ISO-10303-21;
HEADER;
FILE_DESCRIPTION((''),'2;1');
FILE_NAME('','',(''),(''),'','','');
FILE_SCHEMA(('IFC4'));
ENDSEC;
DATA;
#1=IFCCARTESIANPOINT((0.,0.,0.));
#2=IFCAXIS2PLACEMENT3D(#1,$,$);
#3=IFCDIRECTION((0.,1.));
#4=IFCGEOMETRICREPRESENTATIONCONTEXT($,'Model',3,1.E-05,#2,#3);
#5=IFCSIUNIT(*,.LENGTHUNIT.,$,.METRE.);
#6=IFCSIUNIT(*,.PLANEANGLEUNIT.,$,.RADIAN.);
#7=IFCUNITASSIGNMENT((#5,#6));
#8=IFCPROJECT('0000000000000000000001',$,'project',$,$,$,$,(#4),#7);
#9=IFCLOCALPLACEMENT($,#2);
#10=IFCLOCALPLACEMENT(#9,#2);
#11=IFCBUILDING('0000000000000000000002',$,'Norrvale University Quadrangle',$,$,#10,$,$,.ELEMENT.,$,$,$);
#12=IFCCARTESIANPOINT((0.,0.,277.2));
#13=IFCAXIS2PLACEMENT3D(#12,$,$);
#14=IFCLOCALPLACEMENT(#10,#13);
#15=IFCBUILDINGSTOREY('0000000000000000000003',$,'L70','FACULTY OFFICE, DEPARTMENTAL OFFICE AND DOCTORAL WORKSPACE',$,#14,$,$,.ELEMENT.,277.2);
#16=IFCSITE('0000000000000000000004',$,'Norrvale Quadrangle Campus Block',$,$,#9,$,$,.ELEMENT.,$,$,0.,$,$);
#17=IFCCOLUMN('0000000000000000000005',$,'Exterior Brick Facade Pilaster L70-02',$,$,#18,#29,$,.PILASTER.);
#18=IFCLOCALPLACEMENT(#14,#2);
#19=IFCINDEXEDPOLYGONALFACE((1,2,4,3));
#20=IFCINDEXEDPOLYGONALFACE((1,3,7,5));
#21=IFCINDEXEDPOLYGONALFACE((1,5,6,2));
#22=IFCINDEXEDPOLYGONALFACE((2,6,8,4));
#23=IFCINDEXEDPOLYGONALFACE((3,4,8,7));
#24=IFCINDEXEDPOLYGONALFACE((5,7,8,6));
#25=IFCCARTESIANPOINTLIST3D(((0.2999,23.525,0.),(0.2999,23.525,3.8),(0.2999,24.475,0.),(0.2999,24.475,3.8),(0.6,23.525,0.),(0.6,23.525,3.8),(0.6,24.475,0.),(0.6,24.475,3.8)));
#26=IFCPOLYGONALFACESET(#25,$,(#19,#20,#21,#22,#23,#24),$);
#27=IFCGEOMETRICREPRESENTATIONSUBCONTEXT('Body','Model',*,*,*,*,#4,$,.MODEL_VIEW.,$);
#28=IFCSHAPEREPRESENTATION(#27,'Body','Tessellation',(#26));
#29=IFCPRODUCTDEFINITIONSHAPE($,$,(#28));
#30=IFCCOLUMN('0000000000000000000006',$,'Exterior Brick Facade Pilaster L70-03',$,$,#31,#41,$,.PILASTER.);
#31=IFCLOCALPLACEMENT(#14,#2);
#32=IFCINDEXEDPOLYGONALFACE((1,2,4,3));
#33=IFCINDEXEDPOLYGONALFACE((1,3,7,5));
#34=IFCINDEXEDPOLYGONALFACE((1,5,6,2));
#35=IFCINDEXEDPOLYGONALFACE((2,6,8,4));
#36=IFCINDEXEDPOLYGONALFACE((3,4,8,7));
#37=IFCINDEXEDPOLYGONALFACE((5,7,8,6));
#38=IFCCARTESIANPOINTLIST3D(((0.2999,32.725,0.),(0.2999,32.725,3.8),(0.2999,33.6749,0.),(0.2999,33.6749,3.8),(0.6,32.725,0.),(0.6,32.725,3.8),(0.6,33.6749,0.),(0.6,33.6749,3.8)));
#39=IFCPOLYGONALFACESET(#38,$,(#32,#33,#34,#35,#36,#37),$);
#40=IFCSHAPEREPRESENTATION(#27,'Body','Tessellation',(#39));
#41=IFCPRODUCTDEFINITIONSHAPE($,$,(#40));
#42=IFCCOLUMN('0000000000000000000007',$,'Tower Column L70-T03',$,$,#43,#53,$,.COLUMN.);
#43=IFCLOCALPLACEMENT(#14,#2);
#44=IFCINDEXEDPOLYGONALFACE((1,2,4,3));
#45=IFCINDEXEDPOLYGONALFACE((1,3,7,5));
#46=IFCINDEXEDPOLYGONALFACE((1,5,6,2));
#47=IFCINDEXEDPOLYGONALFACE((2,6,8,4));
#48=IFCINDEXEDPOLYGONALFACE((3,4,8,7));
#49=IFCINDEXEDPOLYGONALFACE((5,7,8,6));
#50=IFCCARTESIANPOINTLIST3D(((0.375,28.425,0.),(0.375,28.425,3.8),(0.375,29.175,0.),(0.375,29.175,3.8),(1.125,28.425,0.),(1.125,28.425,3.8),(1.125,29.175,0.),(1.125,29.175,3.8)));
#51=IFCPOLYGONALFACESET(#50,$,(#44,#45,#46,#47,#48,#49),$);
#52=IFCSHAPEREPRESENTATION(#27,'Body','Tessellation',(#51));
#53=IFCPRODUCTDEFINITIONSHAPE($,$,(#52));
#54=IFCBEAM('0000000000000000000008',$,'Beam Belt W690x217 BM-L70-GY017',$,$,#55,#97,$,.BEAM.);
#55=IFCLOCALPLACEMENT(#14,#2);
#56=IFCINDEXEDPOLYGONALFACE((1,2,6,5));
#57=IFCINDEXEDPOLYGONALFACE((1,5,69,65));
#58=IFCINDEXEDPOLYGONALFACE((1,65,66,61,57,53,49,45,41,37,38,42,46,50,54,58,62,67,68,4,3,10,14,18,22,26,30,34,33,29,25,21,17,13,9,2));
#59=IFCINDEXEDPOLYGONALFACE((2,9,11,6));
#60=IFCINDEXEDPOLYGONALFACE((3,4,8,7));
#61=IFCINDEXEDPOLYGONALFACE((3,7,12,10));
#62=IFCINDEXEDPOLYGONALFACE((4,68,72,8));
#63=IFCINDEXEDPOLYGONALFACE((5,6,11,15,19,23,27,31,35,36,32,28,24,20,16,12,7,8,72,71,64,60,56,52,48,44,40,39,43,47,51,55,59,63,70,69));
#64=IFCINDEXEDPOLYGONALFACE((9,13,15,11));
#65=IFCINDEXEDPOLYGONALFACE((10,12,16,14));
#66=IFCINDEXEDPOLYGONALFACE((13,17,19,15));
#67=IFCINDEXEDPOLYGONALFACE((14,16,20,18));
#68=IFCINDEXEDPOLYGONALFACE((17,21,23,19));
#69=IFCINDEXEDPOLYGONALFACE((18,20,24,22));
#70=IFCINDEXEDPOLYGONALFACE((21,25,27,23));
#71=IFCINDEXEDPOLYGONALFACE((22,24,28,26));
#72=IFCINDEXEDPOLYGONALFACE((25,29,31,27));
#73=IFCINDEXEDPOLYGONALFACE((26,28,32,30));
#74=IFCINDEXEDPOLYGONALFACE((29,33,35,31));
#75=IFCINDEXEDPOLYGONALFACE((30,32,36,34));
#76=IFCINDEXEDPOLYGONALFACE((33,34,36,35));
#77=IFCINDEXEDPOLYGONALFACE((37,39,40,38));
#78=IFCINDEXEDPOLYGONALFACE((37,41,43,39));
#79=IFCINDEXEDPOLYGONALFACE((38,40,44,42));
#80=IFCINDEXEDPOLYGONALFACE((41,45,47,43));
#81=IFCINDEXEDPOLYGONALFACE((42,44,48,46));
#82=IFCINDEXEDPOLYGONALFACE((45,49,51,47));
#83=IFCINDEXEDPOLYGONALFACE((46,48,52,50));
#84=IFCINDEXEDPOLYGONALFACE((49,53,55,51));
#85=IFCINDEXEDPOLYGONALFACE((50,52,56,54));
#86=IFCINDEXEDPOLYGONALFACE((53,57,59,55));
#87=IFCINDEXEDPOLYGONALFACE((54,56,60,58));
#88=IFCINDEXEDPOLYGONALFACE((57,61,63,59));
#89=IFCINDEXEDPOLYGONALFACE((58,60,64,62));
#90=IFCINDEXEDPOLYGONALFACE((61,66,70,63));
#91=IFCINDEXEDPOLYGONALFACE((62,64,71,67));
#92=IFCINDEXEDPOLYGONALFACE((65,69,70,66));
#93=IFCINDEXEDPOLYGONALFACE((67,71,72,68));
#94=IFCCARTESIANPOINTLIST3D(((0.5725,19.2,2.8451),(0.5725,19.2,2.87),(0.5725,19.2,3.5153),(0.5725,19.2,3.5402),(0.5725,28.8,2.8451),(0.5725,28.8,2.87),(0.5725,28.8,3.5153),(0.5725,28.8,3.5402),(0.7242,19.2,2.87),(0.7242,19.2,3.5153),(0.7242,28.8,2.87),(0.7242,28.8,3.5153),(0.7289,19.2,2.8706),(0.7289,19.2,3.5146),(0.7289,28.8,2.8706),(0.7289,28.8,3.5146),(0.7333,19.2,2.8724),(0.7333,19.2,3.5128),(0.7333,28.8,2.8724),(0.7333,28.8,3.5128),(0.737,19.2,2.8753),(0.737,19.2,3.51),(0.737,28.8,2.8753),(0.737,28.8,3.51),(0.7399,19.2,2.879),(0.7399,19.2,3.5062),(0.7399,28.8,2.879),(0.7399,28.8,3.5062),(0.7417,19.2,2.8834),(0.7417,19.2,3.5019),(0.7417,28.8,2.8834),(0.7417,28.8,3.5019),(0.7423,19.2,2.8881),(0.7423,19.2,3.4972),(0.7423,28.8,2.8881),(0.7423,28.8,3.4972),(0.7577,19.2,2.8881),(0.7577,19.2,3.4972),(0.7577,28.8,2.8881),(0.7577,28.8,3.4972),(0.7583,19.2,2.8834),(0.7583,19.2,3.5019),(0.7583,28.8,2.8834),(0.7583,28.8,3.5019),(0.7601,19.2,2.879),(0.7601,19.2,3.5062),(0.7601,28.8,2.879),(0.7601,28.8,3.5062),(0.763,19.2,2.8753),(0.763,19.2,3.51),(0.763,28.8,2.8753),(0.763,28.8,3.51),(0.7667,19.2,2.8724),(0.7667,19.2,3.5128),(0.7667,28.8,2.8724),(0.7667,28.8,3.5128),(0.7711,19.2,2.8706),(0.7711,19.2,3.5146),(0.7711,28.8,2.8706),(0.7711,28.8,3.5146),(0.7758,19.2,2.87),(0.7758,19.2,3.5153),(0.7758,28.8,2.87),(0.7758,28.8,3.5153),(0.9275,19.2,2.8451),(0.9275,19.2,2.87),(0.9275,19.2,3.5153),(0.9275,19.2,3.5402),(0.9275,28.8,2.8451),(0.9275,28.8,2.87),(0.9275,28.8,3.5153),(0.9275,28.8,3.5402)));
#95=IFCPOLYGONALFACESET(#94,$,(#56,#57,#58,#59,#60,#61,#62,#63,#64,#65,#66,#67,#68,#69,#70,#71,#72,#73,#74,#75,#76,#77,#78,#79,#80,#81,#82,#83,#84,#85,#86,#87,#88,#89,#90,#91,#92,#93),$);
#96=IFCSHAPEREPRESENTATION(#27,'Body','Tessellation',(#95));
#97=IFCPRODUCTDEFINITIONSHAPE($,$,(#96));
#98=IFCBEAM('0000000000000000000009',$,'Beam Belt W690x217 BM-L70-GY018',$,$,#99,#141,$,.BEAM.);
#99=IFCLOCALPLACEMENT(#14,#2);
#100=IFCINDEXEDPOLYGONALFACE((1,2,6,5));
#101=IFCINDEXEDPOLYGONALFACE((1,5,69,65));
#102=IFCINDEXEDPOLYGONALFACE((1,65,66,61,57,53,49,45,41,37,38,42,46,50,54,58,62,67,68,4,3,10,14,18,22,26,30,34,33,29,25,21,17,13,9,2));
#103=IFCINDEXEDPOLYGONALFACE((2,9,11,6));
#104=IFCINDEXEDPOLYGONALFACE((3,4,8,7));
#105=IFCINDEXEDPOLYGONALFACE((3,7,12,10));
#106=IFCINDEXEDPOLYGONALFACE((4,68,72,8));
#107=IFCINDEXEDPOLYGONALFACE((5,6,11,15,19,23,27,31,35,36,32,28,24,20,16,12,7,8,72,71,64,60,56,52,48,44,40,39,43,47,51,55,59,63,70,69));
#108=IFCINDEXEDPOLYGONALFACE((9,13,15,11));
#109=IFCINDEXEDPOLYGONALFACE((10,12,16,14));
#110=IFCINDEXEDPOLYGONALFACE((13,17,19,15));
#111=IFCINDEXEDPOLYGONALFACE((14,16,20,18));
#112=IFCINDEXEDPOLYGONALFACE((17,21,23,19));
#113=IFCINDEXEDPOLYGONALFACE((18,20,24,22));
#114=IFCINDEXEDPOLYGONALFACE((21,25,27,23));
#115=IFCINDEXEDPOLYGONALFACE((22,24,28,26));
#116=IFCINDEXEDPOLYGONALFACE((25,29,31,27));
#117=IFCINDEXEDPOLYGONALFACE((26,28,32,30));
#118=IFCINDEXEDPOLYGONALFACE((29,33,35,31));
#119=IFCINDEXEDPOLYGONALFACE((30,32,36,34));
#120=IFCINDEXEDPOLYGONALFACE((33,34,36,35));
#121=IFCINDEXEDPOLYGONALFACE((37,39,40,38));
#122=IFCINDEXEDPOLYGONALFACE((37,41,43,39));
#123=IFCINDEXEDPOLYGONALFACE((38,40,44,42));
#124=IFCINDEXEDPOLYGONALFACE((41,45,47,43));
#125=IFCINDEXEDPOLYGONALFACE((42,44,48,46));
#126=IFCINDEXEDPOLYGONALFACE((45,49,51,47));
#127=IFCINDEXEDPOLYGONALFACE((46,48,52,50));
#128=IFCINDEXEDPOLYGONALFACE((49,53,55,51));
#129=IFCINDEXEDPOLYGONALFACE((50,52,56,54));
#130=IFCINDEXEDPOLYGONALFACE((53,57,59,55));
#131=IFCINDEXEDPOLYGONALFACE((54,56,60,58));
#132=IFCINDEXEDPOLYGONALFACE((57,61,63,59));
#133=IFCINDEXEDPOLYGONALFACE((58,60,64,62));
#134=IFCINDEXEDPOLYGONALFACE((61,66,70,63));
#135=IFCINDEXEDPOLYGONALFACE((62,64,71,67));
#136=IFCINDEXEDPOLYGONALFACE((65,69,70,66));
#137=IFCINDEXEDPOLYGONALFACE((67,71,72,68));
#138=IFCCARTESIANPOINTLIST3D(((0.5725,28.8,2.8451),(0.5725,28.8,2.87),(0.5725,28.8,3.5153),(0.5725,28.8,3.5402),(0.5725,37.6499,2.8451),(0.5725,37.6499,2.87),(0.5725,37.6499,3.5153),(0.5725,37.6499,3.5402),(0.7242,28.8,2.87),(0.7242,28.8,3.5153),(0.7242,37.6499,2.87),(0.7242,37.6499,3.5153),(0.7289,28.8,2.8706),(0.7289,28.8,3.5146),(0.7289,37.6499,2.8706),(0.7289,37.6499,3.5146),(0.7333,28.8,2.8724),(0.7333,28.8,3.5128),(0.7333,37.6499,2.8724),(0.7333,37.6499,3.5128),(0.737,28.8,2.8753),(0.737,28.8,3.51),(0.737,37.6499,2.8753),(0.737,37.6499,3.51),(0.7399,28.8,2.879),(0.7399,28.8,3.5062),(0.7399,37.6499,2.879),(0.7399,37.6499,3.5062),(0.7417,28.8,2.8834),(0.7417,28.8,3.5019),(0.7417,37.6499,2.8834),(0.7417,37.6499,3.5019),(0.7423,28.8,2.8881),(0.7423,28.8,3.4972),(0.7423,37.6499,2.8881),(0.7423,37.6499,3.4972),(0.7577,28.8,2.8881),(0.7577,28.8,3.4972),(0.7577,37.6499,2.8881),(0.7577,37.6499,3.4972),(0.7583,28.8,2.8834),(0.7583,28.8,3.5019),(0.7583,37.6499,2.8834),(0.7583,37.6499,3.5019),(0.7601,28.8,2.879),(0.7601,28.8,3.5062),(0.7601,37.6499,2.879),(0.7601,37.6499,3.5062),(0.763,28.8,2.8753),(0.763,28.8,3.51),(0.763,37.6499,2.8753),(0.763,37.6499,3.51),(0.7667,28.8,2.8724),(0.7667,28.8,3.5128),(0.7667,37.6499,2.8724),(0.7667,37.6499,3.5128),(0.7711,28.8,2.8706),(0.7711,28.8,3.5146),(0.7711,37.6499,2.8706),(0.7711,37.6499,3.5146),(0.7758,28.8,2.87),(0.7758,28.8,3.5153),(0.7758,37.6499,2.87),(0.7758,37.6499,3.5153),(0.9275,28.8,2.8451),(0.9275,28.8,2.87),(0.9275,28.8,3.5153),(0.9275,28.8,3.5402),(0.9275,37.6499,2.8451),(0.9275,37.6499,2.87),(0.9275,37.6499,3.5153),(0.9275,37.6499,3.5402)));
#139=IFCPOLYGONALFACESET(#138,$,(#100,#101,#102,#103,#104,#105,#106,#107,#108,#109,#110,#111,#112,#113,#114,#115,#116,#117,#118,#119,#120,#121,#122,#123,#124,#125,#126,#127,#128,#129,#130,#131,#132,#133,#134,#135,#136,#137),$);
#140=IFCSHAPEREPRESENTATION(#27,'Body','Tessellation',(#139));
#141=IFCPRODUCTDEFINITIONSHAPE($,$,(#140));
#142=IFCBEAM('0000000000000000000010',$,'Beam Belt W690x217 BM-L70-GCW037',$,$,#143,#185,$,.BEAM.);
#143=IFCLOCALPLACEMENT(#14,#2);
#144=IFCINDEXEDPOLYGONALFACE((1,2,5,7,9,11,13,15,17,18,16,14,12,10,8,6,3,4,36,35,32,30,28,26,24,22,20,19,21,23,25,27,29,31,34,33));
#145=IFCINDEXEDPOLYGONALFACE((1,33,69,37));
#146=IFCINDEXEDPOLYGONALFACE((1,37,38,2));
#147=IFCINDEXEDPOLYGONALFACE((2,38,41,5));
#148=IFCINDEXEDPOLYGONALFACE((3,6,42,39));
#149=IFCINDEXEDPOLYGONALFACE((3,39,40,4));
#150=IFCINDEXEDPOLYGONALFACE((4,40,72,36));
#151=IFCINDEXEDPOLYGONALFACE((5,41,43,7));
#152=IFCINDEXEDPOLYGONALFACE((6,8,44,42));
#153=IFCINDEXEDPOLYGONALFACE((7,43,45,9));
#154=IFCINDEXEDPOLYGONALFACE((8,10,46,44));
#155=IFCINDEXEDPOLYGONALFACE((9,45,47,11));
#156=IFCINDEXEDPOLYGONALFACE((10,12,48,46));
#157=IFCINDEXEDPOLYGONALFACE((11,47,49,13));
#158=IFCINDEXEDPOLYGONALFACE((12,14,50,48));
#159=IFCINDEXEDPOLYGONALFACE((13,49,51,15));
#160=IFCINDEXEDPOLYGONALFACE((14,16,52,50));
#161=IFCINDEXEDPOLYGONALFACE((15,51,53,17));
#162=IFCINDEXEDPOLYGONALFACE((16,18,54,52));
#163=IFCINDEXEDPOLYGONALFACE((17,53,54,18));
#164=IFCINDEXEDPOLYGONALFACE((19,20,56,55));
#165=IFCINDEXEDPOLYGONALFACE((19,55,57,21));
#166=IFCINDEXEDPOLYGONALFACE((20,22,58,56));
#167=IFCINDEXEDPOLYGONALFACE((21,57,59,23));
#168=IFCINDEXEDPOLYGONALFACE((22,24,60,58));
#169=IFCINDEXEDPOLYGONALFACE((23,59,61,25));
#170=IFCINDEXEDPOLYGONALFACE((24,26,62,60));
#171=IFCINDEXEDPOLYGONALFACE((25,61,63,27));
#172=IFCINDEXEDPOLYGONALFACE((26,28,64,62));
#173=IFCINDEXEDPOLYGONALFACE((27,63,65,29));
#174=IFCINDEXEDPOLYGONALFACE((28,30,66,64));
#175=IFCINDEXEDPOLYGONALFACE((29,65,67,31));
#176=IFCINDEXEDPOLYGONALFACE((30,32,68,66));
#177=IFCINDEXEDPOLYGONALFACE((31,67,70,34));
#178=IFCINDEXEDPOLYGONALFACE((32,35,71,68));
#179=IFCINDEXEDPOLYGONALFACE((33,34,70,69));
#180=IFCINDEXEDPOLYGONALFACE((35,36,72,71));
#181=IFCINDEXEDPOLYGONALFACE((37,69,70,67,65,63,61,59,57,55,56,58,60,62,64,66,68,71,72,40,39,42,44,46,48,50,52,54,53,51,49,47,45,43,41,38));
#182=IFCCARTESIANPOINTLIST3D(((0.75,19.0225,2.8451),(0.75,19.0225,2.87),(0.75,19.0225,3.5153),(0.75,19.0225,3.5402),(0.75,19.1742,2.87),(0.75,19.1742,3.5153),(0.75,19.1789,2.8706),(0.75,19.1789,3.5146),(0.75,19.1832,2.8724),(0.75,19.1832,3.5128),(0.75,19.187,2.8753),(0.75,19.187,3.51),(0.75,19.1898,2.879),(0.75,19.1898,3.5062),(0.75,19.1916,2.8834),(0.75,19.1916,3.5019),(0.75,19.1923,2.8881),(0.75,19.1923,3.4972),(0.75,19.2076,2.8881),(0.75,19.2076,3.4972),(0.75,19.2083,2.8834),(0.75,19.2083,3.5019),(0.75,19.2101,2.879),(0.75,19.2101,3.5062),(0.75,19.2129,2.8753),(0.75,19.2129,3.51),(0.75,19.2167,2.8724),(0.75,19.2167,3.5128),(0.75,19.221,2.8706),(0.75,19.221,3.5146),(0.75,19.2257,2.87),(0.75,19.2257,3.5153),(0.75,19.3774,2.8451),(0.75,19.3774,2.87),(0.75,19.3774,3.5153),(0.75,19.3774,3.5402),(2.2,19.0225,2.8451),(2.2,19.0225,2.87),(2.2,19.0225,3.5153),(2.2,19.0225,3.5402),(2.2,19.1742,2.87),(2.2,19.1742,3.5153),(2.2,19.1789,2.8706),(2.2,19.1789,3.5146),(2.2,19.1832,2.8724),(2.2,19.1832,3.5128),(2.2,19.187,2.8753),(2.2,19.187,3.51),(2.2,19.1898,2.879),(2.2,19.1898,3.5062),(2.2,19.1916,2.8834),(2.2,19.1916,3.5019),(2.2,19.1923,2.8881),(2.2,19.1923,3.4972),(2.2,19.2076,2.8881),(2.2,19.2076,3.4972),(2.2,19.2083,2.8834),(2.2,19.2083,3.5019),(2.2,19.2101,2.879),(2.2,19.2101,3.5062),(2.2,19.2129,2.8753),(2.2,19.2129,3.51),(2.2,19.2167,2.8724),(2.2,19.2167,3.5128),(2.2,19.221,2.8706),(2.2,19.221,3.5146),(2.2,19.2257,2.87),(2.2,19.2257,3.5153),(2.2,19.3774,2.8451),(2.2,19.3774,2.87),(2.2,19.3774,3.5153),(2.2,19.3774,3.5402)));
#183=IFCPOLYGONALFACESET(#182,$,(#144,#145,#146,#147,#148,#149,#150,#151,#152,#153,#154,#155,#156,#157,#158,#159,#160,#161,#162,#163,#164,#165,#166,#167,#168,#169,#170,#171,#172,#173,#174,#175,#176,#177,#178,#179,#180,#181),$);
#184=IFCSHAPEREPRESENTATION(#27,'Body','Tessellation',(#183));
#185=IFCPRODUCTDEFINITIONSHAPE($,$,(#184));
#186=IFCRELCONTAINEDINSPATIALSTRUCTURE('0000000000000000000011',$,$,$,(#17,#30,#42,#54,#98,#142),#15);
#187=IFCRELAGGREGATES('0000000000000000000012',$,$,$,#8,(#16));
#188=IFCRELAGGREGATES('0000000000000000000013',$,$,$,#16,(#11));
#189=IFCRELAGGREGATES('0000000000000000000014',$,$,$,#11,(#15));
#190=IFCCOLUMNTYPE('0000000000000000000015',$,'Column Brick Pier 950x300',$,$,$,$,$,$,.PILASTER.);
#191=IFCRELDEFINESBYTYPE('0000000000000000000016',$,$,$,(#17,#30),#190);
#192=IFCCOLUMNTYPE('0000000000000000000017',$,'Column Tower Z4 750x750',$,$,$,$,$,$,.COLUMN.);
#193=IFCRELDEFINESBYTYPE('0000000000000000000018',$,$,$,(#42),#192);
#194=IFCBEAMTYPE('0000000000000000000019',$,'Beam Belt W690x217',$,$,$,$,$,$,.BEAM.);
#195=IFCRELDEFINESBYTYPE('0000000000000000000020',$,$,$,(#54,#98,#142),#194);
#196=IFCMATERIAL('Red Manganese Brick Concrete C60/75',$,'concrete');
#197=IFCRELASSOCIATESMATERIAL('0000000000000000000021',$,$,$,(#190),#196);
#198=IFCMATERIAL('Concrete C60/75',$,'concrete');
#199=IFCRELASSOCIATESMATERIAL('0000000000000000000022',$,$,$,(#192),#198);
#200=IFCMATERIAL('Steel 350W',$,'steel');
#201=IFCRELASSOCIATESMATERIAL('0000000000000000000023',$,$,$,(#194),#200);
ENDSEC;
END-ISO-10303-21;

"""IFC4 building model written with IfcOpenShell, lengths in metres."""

from ifc_helpers import new_model, si_unit, direction, frame, origin, origin_2d, place, context, subcontext, project, spatial, rectangle, i_section, extrude, material, material_profile, profile_set, type_object, element, save


model = new_model("IFC4")

# Units and contexts
model_context = context("Model", 3, precision=1e-05, world=origin(), true_north=direction((0.0, 1.0)))
body_context = subcontext(model_context, "Body", "Model", "MODEL_VIEW")
ifc_project = project(units=[si_unit("LENGTHUNIT", "METRE"), si_unit("PLANEANGLEUNIT", "RADIAN")], contexts=[model_context])

# Site, building, storey
site_placement = place(None, origin())
site = spatial("IfcSite", under=ifc_project, at=site_placement, Name="Norrvale Quadrangle Campus Block", CompositionType="ELEMENT", RefElevation=0.0)
building_placement = place(site_placement, origin())
building = spatial("IfcBuilding", under=site, at=building_placement, Name="Norrvale University Quadrangle", CompositionType="ELEMENT")
storey_placement = place(building_placement, frame((0.0, 0.0, 277.2)))
storey = spatial("IfcBuildingStorey", under=building, at=storey_placement, Name="L70", Description="FACULTY OFFICE, DEPARTMENTAL OFFICE AND DOCTORAL WORKSPACE", CompositionType="ELEMENT", Elevation=277.2)

# Columns
ifc_material_1 = material(Name="Red Manganese Brick Concrete C60/75", Category="concrete")
ifc_material_profile_1 = material_profile(ifc_material_1, rectangle(XDim=0.95, YDim=0.3, at=origin_2d()), Name="Red Manganese Brick Concrete C60/75")
ifc_profile_set_1 = profile_set([ifc_material_profile_1], Name="Red Manganese Brick Concrete C60/75")
column_type_1 = type_object("IfcColumnType", Name="Column Brick Pier 950x300", PredefinedType="PILASTER", material=ifc_profile_set_1)
for number, where, z_axis, x_axis, name in (
    (1, (0.45, 24.0, 0.0), (0.0, 0.0, 1.0), (0.0, 1.0, 0.0), "Exterior Brick Facade Pilaster L70-02"),
    (2, (0.45, 33.2, 0.0), (0.0, 0.0, 1.0), (0.0, 1.0, 0.0), "Exterior Brick Facade Pilaster L70-03"),
):
    element("IfcColumn", number, at=place(storey_placement, frame(where, z_axis=z_axis, x_axis=x_axis)), inside=storey, type_object=column_type_1, Name=name, PredefinedType="PILASTER", context=body_context, shape_type="SweptSolid", body=[
        extrude(rectangle(XDim=0.95, YDim=0.3, at=origin_2d()), origin(), (0.0, 0.0, 1.0), 3.8),
    ])
ifc_material_2 = material(Name="Concrete C60/75", Category="concrete")
ifc_material_profile_2 = material_profile(ifc_material_2, rectangle(XDim=0.75, YDim=0.75, at=origin_2d()), Name="Concrete C60/75")
ifc_profile_set_2 = profile_set([ifc_material_profile_2], Name="Concrete C60/75")
column_type_2 = type_object("IfcColumnType", Name="Column Tower Z4 750x750", PredefinedType="COLUMN", material=ifc_profile_set_2)
column_placement = place(storey_placement, frame((0.75, 28.8, 0.0), z_axis=(0.0, 0.0, 1.0), x_axis=(1.0, 0.0, 0.0)))
element("IfcColumn", 3, at=column_placement, inside=storey, type_object=column_type_2, Name="Tower Column L70-T03", PredefinedType="COLUMN", context=body_context, shape_type="SweptSolid", body=[
    extrude(rectangle(XDim=0.75, YDim=0.75, at=origin_2d()), origin(), (0.0, 0.0, 1.0), 3.8),
])

# Beams
ifc_material_3 = material(Name="Steel 350W", Category="steel")
ifc_material_profile_3 = material_profile(ifc_material_3, i_section(OverallWidth=0.355, OverallDepth=0.6951, WebThickness=0.0154, FlangeThickness=0.0249, FilletRadius=0.0181, at=origin_2d()), Name="Steel 350W")
ifc_profile_set_3 = profile_set([ifc_material_profile_3], Name="Steel 350W")
beam_type = type_object("IfcBeamType", Name="Beam Belt W690x217", PredefinedType="BEAM", material=ifc_profile_set_3)
beam_1_placement = place(storey_placement, frame((0.75, 19.2, 3.1926), z_axis=(0.0, 1.0, 0.0), x_axis=(-1.0, 0.0, 0.0)))
element("IfcBeam", 4, at=beam_1_placement, inside=storey, type_object=beam_type, Name="Beam Belt W690x217 BM-L70-GY017", PredefinedType="BEAM", context=body_context, shape_type="SweptSolid", body=[
    extrude(i_section(OverallWidth=0.355, OverallDepth=0.6951, WebThickness=0.0154, FlangeThickness=0.0249, FilletRadius=0.0181, at=origin_2d()), origin(), (0.0, 0.0, 1.0), 9.6001),
])
beam_2_placement = place(storey_placement, frame((0.75, 28.8, 3.1926), z_axis=(0.0, 1.0, 0.0), x_axis=(-1.0, 0.0, 0.0)))
element("IfcBeam", 5, at=beam_2_placement, inside=storey, type_object=beam_type, Name="Beam Belt W690x217 BM-L70-GY018", PredefinedType="BEAM", context=body_context, shape_type="SweptSolid", body=[
    extrude(i_section(OverallWidth=0.355, OverallDepth=0.6951, WebThickness=0.0154, FlangeThickness=0.0249, FilletRadius=0.0181, at=origin_2d()), origin(), (0.0, 0.0, 1.0), 8.8499),
])
for number, where, z_axis, x_axis, name in (
    (6, (0.75, 19.2, 3.1926), (1.0, 0.0, 0.0), (0.0, 1.0, 0.0), "Beam Belt W690x217 BM-L70-GCW037"),
):
    element("IfcBeam", number, at=place(storey_placement, frame(where, z_axis=z_axis, x_axis=x_axis)), inside=storey, type_object=beam_type, Name=name, PredefinedType="BEAM", context=body_context, shape_type="SweptSolid", body=[
        extrude(i_section(OverallWidth=0.355, OverallDepth=0.6951, WebThickness=0.0154, FlangeThickness=0.0249, FilletRadius=0.0181, at=origin_2d()), origin(), (0.0, 0.0, 1.0), 1.45),
    ])

save(model, "model.ifc")
